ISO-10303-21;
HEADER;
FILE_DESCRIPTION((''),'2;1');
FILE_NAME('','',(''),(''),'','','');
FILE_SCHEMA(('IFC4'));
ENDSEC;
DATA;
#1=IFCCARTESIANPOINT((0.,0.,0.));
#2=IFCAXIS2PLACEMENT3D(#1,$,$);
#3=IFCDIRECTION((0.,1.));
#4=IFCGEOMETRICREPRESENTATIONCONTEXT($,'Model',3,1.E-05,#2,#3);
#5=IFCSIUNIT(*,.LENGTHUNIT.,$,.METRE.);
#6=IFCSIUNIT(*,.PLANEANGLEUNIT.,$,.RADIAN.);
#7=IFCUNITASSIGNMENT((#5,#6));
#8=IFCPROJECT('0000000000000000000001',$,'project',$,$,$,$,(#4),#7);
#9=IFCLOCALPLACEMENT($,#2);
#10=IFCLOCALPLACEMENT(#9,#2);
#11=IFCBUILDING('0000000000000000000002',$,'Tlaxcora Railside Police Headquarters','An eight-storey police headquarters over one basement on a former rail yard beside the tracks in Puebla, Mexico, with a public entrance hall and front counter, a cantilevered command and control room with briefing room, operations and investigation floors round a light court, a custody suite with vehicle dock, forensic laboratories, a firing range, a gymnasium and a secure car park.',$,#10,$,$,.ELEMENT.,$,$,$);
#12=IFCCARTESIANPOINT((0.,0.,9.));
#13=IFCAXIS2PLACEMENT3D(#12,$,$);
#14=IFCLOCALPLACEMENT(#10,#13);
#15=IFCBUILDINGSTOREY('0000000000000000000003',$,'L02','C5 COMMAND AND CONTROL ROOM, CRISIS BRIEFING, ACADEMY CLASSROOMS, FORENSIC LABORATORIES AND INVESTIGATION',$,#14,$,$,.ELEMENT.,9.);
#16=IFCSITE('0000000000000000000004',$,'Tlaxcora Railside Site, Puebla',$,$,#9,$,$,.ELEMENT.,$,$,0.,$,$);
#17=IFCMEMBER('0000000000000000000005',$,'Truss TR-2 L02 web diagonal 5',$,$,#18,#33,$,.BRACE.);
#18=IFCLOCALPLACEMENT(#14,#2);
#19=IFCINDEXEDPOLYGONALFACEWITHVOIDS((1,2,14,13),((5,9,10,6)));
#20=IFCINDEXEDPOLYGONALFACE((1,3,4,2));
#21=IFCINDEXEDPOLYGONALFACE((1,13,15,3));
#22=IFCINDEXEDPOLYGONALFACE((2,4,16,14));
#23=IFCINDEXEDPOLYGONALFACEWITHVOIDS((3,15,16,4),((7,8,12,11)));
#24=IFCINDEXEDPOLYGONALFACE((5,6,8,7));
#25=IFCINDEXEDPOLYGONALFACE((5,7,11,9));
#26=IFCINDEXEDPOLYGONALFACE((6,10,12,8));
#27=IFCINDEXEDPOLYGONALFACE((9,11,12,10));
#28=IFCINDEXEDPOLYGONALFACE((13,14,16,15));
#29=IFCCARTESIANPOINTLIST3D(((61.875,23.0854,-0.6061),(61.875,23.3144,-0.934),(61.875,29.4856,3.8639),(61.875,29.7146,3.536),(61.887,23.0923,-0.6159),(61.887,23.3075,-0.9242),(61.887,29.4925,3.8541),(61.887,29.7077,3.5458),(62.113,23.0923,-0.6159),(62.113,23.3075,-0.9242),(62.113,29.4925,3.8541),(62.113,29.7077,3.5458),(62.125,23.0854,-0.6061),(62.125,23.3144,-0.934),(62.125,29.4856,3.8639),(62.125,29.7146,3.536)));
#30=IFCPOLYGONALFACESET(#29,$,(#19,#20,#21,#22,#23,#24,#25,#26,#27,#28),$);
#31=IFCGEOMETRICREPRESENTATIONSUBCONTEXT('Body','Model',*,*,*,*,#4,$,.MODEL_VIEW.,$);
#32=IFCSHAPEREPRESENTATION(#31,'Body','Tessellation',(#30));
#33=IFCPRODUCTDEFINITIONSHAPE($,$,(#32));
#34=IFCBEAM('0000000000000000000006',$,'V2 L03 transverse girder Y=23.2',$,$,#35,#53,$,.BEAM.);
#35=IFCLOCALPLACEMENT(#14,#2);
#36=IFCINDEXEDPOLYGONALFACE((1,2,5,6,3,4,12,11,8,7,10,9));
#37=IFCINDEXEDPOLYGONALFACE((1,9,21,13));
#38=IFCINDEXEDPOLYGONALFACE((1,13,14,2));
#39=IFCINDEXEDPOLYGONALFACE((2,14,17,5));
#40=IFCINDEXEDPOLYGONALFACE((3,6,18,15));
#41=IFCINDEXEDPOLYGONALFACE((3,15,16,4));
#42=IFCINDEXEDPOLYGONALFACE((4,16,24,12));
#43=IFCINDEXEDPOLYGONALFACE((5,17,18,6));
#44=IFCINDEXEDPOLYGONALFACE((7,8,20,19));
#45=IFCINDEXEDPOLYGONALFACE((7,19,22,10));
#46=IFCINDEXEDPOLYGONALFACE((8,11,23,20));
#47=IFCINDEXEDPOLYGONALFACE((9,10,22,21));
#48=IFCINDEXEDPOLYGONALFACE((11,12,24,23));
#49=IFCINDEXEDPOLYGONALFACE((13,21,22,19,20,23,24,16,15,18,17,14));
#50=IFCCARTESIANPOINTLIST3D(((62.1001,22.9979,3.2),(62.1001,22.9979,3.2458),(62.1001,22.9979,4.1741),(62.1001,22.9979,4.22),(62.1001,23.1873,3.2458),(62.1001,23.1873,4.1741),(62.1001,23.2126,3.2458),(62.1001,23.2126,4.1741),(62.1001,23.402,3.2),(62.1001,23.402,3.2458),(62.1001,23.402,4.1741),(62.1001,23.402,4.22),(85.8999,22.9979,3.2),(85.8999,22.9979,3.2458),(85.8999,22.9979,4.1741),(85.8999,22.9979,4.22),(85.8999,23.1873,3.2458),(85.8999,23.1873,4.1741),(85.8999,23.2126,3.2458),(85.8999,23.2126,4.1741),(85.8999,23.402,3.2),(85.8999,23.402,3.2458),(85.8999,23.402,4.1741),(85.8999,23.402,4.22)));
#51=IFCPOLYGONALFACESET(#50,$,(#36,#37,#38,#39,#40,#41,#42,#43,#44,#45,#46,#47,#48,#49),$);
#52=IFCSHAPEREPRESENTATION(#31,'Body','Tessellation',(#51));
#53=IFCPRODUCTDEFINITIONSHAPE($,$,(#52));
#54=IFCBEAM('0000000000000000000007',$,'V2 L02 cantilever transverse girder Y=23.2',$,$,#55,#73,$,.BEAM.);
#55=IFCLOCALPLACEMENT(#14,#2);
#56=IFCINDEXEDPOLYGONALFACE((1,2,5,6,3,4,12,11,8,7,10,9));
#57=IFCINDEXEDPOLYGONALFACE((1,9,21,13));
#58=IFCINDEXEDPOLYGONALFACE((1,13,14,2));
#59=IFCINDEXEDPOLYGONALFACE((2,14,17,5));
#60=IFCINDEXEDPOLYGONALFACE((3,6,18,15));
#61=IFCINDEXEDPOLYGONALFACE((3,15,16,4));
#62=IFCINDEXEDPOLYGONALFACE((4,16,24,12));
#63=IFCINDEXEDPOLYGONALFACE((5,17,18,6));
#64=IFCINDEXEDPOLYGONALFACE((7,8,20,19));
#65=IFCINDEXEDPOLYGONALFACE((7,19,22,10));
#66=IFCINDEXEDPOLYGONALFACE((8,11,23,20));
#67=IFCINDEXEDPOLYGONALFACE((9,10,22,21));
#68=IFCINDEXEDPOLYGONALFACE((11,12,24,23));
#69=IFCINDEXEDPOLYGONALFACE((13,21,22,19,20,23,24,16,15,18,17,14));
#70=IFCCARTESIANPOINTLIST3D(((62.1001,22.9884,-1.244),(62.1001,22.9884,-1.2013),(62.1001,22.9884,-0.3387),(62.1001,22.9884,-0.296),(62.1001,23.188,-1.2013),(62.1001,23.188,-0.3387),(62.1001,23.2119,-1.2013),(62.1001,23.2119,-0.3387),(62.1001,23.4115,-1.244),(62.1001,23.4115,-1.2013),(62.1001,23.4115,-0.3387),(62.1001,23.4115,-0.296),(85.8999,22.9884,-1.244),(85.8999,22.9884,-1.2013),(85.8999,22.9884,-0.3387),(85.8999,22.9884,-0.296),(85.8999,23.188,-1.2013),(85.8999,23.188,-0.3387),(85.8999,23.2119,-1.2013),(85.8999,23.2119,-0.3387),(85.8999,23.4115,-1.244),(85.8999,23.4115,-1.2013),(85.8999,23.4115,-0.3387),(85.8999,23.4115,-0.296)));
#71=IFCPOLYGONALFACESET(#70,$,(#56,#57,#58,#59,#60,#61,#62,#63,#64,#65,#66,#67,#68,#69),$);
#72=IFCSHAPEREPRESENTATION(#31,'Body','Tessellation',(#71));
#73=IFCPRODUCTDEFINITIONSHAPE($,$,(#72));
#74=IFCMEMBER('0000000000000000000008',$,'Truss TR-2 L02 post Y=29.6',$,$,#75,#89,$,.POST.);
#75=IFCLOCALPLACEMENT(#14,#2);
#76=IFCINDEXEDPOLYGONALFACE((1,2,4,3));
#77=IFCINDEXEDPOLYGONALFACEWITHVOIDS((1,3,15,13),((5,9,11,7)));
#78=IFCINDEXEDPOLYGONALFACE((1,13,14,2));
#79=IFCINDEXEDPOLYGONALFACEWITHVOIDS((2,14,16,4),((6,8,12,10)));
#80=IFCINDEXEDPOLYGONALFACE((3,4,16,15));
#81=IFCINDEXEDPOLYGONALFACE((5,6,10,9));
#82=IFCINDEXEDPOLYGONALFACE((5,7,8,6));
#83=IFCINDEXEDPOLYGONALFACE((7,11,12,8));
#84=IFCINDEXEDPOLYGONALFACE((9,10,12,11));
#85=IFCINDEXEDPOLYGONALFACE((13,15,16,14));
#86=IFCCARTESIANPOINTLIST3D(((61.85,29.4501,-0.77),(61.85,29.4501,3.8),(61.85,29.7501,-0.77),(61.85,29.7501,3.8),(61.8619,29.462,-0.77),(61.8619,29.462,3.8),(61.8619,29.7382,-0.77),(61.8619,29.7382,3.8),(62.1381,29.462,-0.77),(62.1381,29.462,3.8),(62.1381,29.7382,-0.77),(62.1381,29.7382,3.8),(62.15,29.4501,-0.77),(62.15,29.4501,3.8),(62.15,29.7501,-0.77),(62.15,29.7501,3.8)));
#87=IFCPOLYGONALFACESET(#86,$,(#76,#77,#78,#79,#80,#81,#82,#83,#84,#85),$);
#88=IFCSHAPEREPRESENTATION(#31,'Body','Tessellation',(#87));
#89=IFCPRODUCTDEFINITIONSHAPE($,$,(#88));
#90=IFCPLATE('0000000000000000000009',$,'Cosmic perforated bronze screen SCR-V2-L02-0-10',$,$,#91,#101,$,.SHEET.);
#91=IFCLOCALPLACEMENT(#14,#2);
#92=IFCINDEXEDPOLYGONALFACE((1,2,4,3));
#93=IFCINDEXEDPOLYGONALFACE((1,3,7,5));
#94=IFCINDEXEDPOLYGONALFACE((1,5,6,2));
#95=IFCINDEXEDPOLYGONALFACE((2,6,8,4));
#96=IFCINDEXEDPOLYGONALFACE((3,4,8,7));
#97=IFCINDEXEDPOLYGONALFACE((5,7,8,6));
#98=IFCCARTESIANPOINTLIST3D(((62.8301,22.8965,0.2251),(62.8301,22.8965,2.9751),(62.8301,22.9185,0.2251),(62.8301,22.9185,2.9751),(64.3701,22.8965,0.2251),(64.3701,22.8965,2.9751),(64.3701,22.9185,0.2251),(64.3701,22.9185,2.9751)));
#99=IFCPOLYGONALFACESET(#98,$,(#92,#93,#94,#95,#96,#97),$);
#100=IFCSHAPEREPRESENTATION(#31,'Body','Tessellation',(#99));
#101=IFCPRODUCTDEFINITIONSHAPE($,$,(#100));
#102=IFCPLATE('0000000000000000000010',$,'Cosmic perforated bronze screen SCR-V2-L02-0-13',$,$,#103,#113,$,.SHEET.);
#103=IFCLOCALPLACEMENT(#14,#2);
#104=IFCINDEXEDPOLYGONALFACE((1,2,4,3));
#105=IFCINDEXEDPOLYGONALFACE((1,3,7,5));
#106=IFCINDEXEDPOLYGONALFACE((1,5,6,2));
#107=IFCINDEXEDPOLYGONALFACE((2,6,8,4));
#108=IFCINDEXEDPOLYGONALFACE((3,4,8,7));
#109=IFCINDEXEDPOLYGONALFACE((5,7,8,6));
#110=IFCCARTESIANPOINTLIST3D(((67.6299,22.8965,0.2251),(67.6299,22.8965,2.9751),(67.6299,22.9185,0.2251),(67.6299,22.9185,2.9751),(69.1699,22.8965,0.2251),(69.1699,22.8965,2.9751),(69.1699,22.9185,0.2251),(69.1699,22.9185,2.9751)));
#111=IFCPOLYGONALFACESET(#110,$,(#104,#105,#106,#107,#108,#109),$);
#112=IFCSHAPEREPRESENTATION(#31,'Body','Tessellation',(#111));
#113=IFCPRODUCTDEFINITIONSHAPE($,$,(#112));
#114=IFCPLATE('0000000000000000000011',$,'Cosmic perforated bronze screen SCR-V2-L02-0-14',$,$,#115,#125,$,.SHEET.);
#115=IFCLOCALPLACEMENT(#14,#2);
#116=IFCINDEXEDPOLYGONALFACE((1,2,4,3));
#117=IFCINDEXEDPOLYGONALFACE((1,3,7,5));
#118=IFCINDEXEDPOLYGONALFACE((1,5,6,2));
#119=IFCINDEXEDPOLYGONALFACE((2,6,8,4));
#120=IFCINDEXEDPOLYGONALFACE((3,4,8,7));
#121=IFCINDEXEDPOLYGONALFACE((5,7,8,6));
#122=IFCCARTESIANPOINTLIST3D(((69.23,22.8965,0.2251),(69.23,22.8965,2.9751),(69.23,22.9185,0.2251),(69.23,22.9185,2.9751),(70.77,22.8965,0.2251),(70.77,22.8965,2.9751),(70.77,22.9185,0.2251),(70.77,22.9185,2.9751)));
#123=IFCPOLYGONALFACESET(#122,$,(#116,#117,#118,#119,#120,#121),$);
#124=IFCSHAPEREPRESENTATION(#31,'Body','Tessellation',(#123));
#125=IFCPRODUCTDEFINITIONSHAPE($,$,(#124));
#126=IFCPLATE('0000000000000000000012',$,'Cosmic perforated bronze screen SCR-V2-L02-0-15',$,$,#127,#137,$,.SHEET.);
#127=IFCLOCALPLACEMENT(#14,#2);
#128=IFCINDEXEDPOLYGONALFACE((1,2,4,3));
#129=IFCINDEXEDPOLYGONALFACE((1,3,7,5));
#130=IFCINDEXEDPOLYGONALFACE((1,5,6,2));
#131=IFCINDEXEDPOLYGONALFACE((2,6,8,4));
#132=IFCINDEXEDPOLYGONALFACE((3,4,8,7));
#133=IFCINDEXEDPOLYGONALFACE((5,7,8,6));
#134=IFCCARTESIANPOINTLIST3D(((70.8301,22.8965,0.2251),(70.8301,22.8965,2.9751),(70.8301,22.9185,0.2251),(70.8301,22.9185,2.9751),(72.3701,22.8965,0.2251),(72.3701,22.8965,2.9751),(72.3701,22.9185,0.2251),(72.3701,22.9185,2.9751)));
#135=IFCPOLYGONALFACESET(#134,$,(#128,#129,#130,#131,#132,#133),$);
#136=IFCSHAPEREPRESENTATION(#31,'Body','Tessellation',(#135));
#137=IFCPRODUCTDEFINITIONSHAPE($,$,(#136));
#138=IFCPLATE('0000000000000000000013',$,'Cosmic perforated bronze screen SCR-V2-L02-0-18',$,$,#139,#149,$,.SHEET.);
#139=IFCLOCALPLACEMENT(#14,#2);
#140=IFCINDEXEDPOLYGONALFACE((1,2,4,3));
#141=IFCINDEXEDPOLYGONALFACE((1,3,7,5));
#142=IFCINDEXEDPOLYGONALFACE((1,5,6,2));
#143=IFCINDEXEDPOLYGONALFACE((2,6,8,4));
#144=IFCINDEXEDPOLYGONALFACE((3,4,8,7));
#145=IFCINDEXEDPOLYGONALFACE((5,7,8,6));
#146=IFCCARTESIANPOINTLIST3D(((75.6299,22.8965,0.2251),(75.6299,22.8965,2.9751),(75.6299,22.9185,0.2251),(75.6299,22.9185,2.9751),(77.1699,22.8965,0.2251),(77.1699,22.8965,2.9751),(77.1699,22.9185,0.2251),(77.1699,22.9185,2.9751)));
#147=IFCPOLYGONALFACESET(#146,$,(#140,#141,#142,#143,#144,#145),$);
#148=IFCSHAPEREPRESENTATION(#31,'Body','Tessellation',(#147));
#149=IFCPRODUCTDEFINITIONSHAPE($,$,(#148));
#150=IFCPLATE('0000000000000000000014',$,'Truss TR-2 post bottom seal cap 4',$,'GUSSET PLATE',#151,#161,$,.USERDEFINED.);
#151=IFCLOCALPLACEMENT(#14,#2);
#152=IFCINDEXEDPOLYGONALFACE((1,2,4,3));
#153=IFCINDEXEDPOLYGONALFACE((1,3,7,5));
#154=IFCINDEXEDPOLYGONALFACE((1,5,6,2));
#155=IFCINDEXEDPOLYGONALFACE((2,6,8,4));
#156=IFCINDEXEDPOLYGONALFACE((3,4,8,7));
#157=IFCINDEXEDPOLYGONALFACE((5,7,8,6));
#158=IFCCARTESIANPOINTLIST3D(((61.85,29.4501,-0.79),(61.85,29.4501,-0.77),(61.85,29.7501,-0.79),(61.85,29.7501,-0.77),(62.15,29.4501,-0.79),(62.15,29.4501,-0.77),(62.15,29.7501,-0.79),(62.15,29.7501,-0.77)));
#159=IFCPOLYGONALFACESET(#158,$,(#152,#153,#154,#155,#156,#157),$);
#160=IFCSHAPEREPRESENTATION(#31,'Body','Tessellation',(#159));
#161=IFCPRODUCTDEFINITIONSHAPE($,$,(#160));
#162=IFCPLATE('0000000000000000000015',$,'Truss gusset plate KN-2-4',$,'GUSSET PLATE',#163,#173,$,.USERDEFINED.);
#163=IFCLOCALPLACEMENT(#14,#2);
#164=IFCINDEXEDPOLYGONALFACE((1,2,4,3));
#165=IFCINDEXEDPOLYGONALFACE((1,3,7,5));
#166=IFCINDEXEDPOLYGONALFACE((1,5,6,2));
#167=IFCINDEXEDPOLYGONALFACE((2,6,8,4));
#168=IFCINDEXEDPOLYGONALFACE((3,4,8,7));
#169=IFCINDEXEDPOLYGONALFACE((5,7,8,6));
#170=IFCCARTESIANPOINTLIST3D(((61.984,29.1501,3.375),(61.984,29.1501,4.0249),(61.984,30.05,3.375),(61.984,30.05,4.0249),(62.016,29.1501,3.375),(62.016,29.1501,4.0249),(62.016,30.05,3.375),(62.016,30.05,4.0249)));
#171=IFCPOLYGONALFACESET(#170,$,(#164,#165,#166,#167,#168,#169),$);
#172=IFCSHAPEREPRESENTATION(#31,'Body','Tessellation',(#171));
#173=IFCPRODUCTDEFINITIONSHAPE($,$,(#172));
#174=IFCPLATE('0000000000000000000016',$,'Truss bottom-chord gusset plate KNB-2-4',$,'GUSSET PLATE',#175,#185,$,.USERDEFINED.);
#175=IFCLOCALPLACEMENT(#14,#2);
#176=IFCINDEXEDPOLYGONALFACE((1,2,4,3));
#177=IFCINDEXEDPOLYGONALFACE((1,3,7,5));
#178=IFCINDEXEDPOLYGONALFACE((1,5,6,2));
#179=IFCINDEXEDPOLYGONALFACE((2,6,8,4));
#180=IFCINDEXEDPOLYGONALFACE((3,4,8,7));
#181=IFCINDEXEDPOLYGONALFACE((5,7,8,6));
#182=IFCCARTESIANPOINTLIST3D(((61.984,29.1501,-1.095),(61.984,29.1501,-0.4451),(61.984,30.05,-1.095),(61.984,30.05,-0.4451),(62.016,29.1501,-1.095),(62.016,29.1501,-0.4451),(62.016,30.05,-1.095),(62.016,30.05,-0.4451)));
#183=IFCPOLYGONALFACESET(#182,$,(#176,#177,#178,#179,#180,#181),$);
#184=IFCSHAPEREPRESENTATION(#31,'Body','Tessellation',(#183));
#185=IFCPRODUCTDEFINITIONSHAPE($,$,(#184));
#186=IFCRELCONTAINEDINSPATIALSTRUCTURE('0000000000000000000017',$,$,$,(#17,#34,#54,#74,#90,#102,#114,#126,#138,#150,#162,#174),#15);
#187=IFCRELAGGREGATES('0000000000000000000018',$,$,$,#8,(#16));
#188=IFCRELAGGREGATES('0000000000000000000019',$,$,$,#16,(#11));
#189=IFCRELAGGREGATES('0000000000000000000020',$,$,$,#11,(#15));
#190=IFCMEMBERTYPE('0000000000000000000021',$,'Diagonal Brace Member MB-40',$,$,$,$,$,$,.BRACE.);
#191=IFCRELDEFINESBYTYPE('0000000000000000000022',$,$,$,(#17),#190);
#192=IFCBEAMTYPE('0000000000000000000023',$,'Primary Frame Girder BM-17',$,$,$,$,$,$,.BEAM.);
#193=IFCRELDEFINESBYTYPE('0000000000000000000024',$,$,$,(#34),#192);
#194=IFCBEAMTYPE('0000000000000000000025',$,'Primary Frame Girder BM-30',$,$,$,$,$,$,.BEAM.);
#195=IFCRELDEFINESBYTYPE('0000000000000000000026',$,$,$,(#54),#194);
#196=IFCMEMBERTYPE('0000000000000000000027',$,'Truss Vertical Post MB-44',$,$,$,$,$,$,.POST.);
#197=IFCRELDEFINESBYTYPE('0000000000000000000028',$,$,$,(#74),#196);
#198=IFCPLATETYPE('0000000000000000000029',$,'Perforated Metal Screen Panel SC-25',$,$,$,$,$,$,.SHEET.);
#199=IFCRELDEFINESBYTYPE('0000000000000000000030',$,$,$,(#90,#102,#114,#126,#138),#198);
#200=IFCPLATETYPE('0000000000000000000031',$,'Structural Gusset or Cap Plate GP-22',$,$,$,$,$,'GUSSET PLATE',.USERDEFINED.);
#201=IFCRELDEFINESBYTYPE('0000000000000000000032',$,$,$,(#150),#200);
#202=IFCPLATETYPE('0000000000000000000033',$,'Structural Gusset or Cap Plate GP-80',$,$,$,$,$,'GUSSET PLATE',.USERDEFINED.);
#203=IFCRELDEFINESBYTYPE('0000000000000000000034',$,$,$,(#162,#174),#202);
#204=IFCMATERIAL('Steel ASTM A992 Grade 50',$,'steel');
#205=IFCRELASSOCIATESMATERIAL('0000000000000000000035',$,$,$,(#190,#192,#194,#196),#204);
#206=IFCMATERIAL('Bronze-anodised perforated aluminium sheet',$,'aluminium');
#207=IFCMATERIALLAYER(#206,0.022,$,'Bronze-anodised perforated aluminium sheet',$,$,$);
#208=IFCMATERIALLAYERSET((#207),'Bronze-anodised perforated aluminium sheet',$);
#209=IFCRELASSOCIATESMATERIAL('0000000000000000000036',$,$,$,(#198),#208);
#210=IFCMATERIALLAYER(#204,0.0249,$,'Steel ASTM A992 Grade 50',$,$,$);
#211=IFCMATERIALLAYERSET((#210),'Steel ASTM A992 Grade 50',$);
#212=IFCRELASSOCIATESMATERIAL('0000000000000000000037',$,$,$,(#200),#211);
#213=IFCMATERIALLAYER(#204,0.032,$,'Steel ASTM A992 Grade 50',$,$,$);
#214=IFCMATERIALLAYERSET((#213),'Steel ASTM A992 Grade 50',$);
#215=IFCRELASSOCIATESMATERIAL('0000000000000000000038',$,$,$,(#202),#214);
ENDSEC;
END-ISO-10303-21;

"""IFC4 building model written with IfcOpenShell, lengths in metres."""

from ifc_helpers import new_model, si_unit, direction, frame, origin, origin_2d, place, context, subcontext, project, spatial, rectangle, hollow_rectangle, i_section, extrude, material, layer, layer_set, material_profile, profile_set, type_object, element, save


model = new_model("IFC4")

# Units and contexts
model_context = context("Model", 3, precision=1e-05, world=origin(), true_north=direction((0.0, 1.0)))
body_context = subcontext(model_context, "Body", "Model", "MODEL_VIEW")
ifc_project = project(units=[si_unit("LENGTHUNIT", "METRE"), si_unit("PLANEANGLEUNIT", "RADIAN")], contexts=[model_context])

# Site, building, storey
site_placement = place(None, origin())
site = spatial("IfcSite", under=ifc_project, at=site_placement, Name="Tlaxcora Railside Site, Puebla", CompositionType="ELEMENT", RefElevation=0.0)
building_placement = place(site_placement, origin())
building = spatial("IfcBuilding", under=site, at=building_placement, Name="Tlaxcora Railside Police Headquarters", Description="An eight-storey police headquarters over one basement on a former rail yard beside the tracks in Puebla, Mexico, with a public entrance hall and front counter, a cantilevered command and control room with briefing room, operations and investigation floors round a light court, a custody suite with vehicle dock, forensic laboratories, a firing range, a gymnasium and a secure car park.", CompositionType="ELEMENT")
storey_placement = place(building_placement, frame((0.0, 0.0, 9.0)))
storey = spatial("IfcBuildingStorey", under=building, at=storey_placement, Name="L02", Description="C5 COMMAND AND CONTROL ROOM, CRISIS BRIEFING, ACADEMY CLASSROOMS, FORENSIC LABORATORIES AND INVESTIGATION", CompositionType="ELEMENT", Elevation=9.0)

# Member
ifc_material_1 = material(Name="Steel ASTM A992 Grade 50", Category="steel")
ifc_material_profile_1 = material_profile(ifc_material_1, hollow_rectangle(XDim=0.25, YDim=0.3999, WallThickness=0.012, at=origin_2d()), Name="HSS400X250X12")
ifc_profile_set_1 = profile_set([ifc_material_profile_1], Name="Steel ASTM A992 Grade 50")
member_type_1 = type_object("IfcMemberType", Name="Diagonal Brace Member MB-40", PredefinedType="BRACE", material=ifc_profile_set_1)
member_1_placement = place(storey_placement, frame((62.0, 29.6001, 3.7), z_axis=(0.0, -0.819841, -0.572591), x_axis=(1.0, 0.0, 0.0)))
element("IfcMember", 1, at=member_1_placement, inside=storey, type_object=member_type_1, Name="Truss TR-2 L02 web diagonal 5", PredefinedType="BRACE", context=body_context, shape_type="SweptSolid", body=[
    extrude(hollow_rectangle(XDim=0.25, YDim=0.3999, WallThickness=0.012, at=origin_2d()), origin(), (0.0, 0.0, 1.0), 7.8066),
])

# Beams
ifc_material_profile_2 = material_profile(ifc_material_1, i_section(OverallWidth=0.4041, OverallDepth=1.02, WebThickness=0.0254, FlangeThickness=0.0459, at=origin_2d()), Name="W40X324")
ifc_profile_set_2 = profile_set([ifc_material_profile_2], Name="Steel ASTM A992 Grade 50")
beam_type_1 = type_object("IfcBeamType", Name="Primary Frame Girder BM-17", PredefinedType="BEAM", material=ifc_profile_set_2)
beam_1_placement = place(storey_placement, frame((62.1001, 23.2, 3.71), z_axis=(1.0, 0.0, 0.0), x_axis=(0.0, 1.0, 0.0)))
element("IfcBeam", 2, at=beam_1_placement, inside=storey, type_object=beam_type_1, Name="V2 L03 transverse girder Y=23.2", PredefinedType="BEAM", context=body_context, shape_type="SweptSolid", body=[
    extrude(i_section(OverallWidth=0.4041, OverallDepth=1.02, WebThickness=0.0254, FlangeThickness=0.0459, at=origin_2d()), origin(), (0.0, 0.0, 1.0), 23.7998),
])
ifc_material_profile_3 = material_profile(ifc_material_1, i_section(OverallWidth=0.4231, OverallDepth=0.948, WebThickness=0.0239, FlangeThickness=0.0427, at=origin_2d()), Name="W36X302")
ifc_profile_set_3 = profile_set([ifc_material_profile_3], Name="Steel ASTM A992 Grade 50")
beam_type_2 = type_object("IfcBeamType", Name="Primary Frame Girder BM-30", PredefinedType="BEAM", material=ifc_profile_set_3)
beam_2_placement = place(storey_placement, frame((62.1001, 23.2, -0.77), z_axis=(1.0, 0.0, 0.0), x_axis=(0.0, 1.0, 0.0)))
element("IfcBeam", 3, at=beam_2_placement, inside=storey, type_object=beam_type_2, Name="V2 L02 cantilever transverse girder Y=23.2", PredefinedType="BEAM", context=body_context, shape_type="SweptSolid", body=[
    extrude(i_section(OverallWidth=0.4231, OverallDepth=0.948, WebThickness=0.0239, FlangeThickness=0.0427, at=origin_2d()), origin(), (0.0, 0.0, 1.0), 23.7998),
])

# Member
ifc_material_profile_4 = material_profile(ifc_material_1, hollow_rectangle(XDim=0.3, YDim=0.3, WallThickness=0.012, at=origin_2d()), Name="HSS300X300X12")
ifc_profile_set_4 = profile_set([ifc_material_profile_4], Name="Steel ASTM A992 Grade 50")
member_type_2 = type_object("IfcMemberType", Name="Truss Vertical Post MB-44", PredefinedType="POST", material=ifc_profile_set_4)
member_2_placement = place(storey_placement, frame((62.0, 29.6001, -0.77), z_axis=(0.0, 0.0, 1.0), x_axis=(1.0, 0.0, 0.0)))
element("IfcMember", 4, at=member_2_placement, inside=storey, type_object=member_type_2, Name="Truss TR-2 L02 post Y=29.6", PredefinedType="POST", context=body_context, shape_type="SweptSolid", body=[
    extrude(hollow_rectangle(XDim=0.3, YDim=0.3, WallThickness=0.012, at=origin_2d()), origin(), (0.0, 0.0, 1.0), 4.5701),
])

# Plates
ifc_material_2 = material(Name="Bronze-anodised perforated aluminium sheet", Category="aluminium")
ifc_layer_1 = layer(ifc_material_2, 0.022, Name="Bronze-anodised perforated aluminium sheet")
ifc_layer_set_1 = layer_set([ifc_layer_1], Name="Bronze-anodised perforated aluminium sheet")
plate_type_1 = type_object("IfcPlateType", Name="Perforated Metal Screen Panel SC-25", PredefinedType="SHEET", material=ifc_layer_set_1)
for number, where, z_axis, x_axis, name in (
    (5, (63.6001, 22.9075, 0.2251), (0.0, 0.0, 1.0), (1.0, 0.0, 0.0), "Cosmic perforated bronze screen SCR-V2-L02-0-10"),
    (6, (68.3999, 22.9075, 0.2251), (0.0, 0.0, 1.0), (1.0, 0.0, 0.0), "Cosmic perforated bronze screen SCR-V2-L02-0-13"),
    (7, (70.0, 22.9075, 0.2251), (0.0, 0.0, 1.0), (1.0, 0.0, 0.0), "Cosmic perforated bronze screen SCR-V2-L02-0-14"),
    (8, (71.6001, 22.9075, 0.2251), (0.0, 0.0, 1.0), (1.0, 0.0, 0.0), "Cosmic perforated bronze screen SCR-V2-L02-0-15"),
    (9, (76.3999, 22.9075, 0.2251), (0.0, 0.0, 1.0), (1.0, 0.0, 0.0), "Cosmic perforated bronze screen SCR-V2-L02-0-18"),
):
    element("IfcPlate", number, at=place(storey_placement, frame(where, z_axis=z_axis, x_axis=x_axis)), inside=storey, type_object=plate_type_1, Name=name, PredefinedType="SHEET", context=body_context, shape_type="SweptSolid", body=[
        extrude(rectangle(XDim=1.54, YDim=0.022, at=origin_2d()), origin(), (0.0, 0.0, 1.0), 2.75),
    ])
ifc_layer_2 = layer(ifc_material_1, 0.0249, Name="Steel ASTM A992 Grade 50")
ifc_layer_set_2 = layer_set([ifc_layer_2], Name="Steel ASTM A992 Grade 50")
plate_type_2 = type_object("IfcPlateType", Name="Structural Gusset or Cap Plate GP-22", ElementType="GUSSET PLATE", PredefinedType="USERDEFINED", material=ifc_layer_set_2)
plate_placement = place(storey_placement, frame((62.0, 29.6001, -0.79), z_axis=(0.0, 0.0, 1.0), x_axis=(1.0, 0.0, 0.0)))
element("IfcPlate", 10, at=plate_placement, inside=storey, type_object=plate_type_2, Name="Truss TR-2 post bottom seal cap 4", ObjectType="GUSSET PLATE", PredefinedType="USERDEFINED", context=body_context, shape_type="SweptSolid", body=[
    extrude(rectangle(XDim=0.3, YDim=0.3, at=origin_2d()), origin(), (0.0, 0.0, 1.0), 0.02),
])
ifc_layer_3 = layer(ifc_material_1, 0.032, Name="Steel ASTM A992 Grade 50")
ifc_layer_set_3 = layer_set([ifc_layer_3], Name="Steel ASTM A992 Grade 50")
plate_type_3 = type_object("IfcPlateType", Name="Structural Gusset or Cap Plate GP-80", ElementType="GUSSET PLATE", PredefinedType="USERDEFINED", material=ifc_layer_set_3)
for number, where, z_axis, x_axis, name in (
    (11, (62.0, 29.6001, 3.375), (0.0, 0.0, 1.0), (0.0, 1.0, 0.0), "Truss gusset plate KN-2-4"),
    (12, (62.0, 29.6001, -1.095), (0.0, 0.0, 1.0), (0.0, 1.0, 0.0), "Truss bottom-chord gusset plate KNB-2-4"),
):
    element("IfcPlate", number, at=place(storey_placement, frame(where, z_axis=z_axis, x_axis=x_axis)), inside=storey, type_object=plate_type_3, Name=name, ObjectType="GUSSET PLATE", PredefinedType="USERDEFINED", context=body_context, shape_type="SweptSolid", body=[
        extrude(rectangle(XDim=0.8999, YDim=0.032, at=origin_2d()), origin(), (0.0, 0.0, 1.0), 0.6499),
    ])

save(model, "model.ifc")
